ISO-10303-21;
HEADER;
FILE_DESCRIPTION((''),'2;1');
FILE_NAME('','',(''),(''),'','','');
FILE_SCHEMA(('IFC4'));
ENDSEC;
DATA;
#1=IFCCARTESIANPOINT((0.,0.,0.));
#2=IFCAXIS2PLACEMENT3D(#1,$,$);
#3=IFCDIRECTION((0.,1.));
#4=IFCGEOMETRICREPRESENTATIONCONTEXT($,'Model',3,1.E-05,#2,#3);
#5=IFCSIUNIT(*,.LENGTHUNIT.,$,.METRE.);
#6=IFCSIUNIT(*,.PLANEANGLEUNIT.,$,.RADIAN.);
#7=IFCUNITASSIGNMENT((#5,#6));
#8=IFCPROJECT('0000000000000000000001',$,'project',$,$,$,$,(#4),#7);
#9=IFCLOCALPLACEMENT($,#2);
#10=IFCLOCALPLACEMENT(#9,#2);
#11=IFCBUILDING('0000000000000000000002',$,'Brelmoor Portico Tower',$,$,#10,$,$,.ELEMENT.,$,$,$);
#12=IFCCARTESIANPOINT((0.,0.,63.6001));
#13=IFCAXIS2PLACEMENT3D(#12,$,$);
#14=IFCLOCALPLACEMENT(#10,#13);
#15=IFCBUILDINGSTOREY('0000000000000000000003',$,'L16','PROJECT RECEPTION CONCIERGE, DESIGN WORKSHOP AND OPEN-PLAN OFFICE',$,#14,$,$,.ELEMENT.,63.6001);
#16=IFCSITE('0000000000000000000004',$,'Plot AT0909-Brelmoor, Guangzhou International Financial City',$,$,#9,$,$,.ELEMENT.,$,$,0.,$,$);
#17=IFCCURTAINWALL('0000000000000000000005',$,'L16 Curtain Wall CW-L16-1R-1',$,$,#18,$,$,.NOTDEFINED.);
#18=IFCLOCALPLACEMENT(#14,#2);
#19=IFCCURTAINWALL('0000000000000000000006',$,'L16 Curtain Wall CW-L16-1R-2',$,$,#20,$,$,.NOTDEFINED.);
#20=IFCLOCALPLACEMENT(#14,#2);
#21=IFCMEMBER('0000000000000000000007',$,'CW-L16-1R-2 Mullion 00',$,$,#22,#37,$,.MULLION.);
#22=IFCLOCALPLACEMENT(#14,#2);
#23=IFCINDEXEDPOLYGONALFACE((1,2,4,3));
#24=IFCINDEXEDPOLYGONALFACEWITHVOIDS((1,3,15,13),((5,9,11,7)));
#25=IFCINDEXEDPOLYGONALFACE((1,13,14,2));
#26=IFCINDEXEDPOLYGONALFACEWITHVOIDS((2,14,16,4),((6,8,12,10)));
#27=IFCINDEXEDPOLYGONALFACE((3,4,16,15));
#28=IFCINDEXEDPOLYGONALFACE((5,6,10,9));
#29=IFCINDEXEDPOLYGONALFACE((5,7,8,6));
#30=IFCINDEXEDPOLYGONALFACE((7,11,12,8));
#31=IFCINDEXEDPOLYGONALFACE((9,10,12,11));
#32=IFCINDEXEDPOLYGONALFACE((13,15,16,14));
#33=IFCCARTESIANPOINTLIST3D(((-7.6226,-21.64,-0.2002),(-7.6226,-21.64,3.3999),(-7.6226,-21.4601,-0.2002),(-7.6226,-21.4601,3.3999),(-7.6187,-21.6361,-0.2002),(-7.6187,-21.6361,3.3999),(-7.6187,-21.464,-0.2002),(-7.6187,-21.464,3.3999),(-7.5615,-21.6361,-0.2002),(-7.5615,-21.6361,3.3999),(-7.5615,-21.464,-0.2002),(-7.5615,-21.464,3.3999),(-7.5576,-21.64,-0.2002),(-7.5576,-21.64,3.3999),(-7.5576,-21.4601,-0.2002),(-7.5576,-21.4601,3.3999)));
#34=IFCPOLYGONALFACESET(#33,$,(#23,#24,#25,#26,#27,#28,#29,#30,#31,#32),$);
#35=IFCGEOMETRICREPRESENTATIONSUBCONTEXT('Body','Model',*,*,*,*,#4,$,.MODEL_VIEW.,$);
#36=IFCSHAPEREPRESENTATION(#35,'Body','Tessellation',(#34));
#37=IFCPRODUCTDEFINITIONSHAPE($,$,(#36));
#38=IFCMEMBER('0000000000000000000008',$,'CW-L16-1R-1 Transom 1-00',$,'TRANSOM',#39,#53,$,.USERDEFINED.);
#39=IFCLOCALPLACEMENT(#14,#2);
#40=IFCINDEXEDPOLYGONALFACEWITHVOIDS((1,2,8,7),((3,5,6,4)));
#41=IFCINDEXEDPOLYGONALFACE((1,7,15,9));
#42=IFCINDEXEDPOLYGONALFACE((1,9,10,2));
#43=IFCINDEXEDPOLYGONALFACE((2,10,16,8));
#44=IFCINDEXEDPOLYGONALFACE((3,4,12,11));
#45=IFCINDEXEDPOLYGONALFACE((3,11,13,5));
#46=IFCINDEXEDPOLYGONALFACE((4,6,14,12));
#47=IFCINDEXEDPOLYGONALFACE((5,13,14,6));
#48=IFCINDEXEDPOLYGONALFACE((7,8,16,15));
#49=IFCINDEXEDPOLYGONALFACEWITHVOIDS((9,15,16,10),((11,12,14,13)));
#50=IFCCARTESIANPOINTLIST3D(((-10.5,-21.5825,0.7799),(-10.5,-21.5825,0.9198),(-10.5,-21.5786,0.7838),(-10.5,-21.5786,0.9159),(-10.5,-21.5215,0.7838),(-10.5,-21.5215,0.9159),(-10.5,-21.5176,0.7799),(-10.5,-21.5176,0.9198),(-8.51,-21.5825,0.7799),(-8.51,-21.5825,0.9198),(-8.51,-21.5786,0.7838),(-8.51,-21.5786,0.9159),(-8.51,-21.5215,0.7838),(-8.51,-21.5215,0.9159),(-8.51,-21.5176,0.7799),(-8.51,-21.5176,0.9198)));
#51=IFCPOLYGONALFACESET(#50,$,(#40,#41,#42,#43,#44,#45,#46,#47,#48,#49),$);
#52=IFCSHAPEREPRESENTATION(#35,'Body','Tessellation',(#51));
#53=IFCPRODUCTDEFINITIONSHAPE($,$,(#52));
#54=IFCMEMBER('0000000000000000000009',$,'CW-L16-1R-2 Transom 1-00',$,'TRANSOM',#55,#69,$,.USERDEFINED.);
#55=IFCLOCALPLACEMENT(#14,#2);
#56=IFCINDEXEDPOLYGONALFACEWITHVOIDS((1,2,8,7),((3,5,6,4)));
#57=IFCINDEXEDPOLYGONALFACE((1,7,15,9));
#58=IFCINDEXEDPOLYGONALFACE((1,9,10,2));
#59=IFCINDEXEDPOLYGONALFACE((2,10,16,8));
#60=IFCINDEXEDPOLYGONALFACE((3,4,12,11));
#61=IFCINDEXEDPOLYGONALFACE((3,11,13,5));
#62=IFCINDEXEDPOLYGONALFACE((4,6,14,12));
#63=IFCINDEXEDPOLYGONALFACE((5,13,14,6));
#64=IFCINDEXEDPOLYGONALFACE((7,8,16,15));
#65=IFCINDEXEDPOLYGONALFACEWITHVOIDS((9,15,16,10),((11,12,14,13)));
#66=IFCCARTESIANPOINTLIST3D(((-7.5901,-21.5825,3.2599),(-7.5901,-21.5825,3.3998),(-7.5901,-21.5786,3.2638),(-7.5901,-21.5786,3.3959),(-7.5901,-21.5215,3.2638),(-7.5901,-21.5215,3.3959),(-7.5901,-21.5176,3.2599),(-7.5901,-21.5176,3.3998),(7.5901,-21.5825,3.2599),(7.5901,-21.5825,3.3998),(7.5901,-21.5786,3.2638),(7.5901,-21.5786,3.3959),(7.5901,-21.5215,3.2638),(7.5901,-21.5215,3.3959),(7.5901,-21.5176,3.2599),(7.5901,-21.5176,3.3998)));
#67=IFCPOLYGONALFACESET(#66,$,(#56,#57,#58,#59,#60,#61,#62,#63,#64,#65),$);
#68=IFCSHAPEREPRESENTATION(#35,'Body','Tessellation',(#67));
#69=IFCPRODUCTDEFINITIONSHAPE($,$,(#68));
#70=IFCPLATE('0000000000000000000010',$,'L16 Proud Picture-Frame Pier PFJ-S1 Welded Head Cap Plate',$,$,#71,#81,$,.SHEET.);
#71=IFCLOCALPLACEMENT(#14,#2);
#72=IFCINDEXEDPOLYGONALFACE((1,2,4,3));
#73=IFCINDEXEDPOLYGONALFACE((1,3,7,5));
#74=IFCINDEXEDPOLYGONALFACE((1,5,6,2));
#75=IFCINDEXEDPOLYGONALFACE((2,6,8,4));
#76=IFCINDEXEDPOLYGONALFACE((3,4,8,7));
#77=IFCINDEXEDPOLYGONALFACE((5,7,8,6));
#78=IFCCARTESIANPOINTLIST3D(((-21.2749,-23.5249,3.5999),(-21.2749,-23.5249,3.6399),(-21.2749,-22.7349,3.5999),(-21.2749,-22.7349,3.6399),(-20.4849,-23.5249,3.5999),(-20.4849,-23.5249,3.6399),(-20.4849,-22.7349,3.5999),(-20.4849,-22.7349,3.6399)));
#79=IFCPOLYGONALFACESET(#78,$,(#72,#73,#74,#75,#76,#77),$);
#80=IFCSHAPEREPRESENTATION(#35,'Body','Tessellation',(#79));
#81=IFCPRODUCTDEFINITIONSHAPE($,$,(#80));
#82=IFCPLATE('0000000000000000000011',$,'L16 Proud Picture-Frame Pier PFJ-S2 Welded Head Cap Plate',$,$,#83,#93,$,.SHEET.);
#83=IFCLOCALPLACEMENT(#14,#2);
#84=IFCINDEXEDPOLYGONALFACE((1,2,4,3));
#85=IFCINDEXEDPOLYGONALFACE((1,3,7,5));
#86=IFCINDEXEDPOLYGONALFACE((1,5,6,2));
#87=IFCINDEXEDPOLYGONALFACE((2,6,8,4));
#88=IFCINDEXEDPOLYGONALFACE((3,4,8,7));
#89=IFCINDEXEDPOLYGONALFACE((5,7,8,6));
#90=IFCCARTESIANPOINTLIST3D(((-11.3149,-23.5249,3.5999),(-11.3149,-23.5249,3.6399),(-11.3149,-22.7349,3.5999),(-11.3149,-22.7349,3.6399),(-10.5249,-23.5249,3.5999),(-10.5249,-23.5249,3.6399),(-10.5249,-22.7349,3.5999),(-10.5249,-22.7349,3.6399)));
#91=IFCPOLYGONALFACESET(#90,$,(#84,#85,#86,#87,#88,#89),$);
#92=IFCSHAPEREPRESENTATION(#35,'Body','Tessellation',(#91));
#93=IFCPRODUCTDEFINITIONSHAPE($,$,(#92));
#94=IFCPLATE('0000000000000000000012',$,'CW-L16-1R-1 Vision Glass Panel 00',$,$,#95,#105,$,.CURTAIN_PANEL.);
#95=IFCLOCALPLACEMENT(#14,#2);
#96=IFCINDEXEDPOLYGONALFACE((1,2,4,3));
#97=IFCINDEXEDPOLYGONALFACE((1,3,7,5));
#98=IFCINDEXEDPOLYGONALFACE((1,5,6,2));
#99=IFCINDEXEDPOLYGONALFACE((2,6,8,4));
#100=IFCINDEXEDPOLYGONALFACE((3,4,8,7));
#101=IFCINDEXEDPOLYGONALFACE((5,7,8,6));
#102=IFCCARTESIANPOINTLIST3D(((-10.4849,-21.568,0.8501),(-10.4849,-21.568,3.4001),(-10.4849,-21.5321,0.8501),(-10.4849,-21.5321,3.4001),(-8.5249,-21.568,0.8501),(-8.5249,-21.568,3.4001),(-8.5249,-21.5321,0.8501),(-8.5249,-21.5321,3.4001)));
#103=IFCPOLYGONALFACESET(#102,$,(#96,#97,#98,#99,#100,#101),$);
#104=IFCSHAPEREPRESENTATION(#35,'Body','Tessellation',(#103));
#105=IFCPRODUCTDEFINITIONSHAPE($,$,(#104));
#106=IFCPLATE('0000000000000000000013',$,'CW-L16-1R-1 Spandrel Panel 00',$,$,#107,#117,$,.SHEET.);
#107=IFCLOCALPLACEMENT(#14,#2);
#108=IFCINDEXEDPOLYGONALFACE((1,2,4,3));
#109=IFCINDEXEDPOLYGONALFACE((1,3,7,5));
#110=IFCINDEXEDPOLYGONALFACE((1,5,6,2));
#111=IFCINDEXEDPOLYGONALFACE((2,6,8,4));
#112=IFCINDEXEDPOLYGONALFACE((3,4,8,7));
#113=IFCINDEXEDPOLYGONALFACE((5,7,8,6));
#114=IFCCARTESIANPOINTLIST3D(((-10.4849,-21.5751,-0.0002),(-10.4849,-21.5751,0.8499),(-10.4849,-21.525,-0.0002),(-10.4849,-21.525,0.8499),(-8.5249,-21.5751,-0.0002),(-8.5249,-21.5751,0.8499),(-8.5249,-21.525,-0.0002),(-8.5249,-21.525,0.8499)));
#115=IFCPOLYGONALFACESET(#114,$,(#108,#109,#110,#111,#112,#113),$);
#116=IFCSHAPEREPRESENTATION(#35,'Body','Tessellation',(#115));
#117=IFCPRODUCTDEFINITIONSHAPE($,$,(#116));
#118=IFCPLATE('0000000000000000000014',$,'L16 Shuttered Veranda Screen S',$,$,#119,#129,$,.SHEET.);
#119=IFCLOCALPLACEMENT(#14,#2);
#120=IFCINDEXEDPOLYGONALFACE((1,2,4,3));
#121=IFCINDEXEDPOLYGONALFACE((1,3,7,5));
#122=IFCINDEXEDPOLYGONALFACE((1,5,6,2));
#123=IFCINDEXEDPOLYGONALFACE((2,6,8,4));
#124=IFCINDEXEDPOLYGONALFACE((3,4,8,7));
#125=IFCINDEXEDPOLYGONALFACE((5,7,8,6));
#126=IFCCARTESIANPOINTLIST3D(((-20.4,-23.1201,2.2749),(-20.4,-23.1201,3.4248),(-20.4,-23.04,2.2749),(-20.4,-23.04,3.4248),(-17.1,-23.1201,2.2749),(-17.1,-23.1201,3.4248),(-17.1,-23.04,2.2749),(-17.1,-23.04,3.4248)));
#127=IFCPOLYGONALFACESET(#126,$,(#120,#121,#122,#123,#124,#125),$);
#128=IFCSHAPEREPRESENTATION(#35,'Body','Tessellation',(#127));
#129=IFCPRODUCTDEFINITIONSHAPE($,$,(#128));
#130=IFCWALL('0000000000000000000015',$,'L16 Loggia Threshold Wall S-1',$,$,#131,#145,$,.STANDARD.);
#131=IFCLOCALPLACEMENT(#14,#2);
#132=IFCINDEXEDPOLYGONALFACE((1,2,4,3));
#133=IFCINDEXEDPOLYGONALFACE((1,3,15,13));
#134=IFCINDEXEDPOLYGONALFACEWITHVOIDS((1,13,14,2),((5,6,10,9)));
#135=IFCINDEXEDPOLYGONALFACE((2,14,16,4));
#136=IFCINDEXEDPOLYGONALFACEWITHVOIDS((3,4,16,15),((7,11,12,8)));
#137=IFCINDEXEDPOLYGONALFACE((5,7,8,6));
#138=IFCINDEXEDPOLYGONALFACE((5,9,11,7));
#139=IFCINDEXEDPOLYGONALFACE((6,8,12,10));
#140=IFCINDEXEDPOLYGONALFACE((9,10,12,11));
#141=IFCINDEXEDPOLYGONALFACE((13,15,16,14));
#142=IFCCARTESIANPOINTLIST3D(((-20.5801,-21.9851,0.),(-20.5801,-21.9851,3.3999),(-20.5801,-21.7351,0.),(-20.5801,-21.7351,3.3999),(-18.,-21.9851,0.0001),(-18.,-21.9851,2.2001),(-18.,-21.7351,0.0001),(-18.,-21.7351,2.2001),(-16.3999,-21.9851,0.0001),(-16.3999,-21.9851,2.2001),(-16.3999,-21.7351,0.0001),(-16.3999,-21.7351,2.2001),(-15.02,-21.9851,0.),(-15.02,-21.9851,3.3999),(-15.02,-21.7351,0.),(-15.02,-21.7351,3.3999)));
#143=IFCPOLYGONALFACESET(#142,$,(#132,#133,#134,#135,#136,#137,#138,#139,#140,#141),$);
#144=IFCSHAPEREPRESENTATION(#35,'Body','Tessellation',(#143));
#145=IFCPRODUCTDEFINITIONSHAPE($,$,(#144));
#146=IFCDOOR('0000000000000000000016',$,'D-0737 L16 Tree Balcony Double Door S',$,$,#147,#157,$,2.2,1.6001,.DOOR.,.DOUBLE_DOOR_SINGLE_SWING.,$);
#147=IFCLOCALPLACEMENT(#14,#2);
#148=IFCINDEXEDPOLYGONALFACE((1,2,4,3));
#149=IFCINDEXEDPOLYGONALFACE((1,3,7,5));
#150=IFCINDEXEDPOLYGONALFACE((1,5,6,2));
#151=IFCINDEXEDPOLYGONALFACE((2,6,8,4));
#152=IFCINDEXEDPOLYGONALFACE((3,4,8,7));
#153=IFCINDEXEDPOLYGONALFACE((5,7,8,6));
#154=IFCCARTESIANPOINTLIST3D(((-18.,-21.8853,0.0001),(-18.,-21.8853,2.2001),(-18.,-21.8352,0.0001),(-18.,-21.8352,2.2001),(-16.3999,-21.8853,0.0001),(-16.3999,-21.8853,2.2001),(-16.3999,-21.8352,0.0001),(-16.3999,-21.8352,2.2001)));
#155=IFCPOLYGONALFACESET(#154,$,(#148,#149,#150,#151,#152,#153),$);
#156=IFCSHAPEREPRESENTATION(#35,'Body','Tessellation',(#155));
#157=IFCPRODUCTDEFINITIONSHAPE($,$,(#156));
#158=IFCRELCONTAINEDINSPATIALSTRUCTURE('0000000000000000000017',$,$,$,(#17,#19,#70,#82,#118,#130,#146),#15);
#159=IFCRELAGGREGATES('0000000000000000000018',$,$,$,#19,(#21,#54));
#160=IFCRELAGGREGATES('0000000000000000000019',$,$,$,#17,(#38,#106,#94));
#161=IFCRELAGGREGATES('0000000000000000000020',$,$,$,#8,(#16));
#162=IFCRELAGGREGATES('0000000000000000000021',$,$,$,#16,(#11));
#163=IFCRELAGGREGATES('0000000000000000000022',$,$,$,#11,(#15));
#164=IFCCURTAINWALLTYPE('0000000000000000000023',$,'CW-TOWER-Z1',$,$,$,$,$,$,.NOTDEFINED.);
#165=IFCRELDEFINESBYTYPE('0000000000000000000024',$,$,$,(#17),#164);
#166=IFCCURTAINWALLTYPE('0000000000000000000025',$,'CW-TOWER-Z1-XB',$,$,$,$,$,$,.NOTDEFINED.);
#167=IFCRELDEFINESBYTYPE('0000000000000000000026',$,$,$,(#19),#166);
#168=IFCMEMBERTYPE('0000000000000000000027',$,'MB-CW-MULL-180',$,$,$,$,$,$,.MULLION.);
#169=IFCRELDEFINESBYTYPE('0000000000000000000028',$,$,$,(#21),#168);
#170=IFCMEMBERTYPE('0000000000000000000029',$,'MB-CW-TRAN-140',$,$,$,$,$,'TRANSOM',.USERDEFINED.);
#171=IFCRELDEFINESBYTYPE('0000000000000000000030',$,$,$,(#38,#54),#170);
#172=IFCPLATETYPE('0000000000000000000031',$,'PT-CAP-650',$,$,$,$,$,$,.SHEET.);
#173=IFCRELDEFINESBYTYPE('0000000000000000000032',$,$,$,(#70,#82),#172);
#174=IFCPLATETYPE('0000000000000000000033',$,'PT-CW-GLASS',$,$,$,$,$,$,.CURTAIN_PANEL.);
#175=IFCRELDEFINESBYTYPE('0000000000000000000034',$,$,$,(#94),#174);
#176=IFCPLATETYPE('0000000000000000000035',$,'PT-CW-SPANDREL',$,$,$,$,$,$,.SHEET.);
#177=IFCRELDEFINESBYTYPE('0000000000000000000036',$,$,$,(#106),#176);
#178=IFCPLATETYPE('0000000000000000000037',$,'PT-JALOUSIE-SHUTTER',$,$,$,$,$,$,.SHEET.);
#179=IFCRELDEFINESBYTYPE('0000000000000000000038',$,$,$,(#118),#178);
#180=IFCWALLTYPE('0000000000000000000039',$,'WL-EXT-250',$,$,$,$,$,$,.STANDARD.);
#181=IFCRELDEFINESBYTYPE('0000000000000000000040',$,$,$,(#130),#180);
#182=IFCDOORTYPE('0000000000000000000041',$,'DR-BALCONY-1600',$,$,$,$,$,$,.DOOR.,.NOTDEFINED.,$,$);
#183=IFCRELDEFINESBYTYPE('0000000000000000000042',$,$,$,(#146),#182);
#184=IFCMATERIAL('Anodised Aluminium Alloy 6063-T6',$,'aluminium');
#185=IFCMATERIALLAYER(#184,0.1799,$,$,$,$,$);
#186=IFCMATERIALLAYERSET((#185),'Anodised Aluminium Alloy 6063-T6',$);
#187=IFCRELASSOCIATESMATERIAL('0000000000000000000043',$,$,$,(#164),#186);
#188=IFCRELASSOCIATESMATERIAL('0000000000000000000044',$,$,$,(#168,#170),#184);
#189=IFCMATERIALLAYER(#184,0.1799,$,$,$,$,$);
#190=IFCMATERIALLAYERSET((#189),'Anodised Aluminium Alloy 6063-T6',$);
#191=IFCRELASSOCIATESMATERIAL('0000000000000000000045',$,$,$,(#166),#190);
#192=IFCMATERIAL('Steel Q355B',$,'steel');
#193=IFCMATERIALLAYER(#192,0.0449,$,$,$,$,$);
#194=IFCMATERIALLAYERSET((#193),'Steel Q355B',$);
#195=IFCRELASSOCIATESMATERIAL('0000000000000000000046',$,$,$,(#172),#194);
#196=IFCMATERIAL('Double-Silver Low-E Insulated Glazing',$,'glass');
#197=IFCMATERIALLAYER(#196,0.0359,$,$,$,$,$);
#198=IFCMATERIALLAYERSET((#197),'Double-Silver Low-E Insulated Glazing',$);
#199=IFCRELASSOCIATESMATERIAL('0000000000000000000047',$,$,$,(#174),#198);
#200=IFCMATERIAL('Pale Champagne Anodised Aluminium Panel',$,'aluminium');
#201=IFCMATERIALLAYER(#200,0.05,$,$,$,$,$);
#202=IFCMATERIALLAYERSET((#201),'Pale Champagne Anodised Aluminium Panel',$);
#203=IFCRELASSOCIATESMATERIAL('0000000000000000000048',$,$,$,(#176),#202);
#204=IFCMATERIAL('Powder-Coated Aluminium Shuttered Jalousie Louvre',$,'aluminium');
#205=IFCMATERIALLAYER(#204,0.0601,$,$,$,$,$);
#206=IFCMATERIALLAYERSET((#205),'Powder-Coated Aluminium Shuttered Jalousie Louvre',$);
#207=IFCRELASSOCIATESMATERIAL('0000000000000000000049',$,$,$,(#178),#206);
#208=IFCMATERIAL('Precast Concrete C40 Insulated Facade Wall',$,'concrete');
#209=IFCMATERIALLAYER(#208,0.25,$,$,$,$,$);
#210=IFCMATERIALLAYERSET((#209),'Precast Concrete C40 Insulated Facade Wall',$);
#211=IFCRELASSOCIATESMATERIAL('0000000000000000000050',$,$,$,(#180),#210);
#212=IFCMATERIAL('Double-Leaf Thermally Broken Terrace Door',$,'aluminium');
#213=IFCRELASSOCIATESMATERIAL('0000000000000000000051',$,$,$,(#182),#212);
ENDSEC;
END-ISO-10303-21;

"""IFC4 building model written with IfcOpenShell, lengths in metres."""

from ifc_helpers import new_model, si_unit, direction, frame, frame_2d, origin, origin_2d, place, context, subcontext, project, spatial, rectangle, hollow_rectangle, extrude, material, layer, layer_set, material_profile, profile_set, type_object, element, fill, aggregate, save


model = new_model("IFC4")

# Units and contexts
model_context = context("Model", 3, precision=1e-05, world=origin(), true_north=direction((0.0, 1.0)))
body_context = subcontext(model_context, "Body", "Model", "MODEL_VIEW")
ifc_project = project(units=[si_unit("LENGTHUNIT", "METRE"), si_unit("PLANEANGLEUNIT", "RADIAN")], contexts=[model_context])

# Site, building, storey
site_placement = place(None, origin())
site = spatial("IfcSite", under=ifc_project, at=site_placement, Name="Plot AT0909-Brelmoor, Guangzhou International Financial City", CompositionType="ELEMENT", RefElevation=0.0)
building_placement = place(site_placement, origin())
building = spatial("IfcBuilding", under=site, at=building_placement, Name="Brelmoor Portico Tower", CompositionType="ELEMENT")
storey_placement = place(building_placement, frame((0.0, 0.0, 63.6001)))
storey = spatial("IfcBuildingStorey", under=building, at=storey_placement, Name="L16", Description="PROJECT RECEPTION CONCIERGE, DESIGN WORKSHOP AND OPEN-PLAN OFFICE", CompositionType="ELEMENT", Elevation=63.6001)

# Shared definitions
ifc_material_1 = material(Name="Steel Q355B", Category="steel")

# Curtain wall
ifc_material_2 = material(Name="Anodised Aluminium Alloy 6063-T6", Category="aluminium")
ifc_layer_1 = layer(ifc_material_2, 0.1799)
ifc_layer_set_1 = layer_set([ifc_layer_1], Name="Anodised Aluminium Alloy 6063-T6")
curtain_wall_type_1 = type_object("IfcCurtainWallType", Name="CW-TOWER-Z1", PredefinedType="NOTDEFINED", material=ifc_layer_set_1)
curtain_wall_1_placement = place(storey_placement, origin())
curtain_wall_1 = element("IfcCurtainWall", 1, at=curtain_wall_1_placement, inside=storey, type_object=curtain_wall_type_1, Name="L16 Curtain Wall CW-L16-1R-1", PredefinedType="NOTDEFINED")
ifc_material_profile_1 = material_profile(ifc_material_2, hollow_rectangle(XDim=0.0649, YDim=0.1799, WallThickness=0.0039, at=origin_2d()), Name="ALU MULLION 65x180")
ifc_profile_set_1 = profile_set([ifc_material_profile_1], Name="Anodised Aluminium Alloy 6063-T6")
member_type_1 = type_object("IfcMemberType", Name="MB-CW-MULL-180", PredefinedType="MULLION", material=ifc_profile_set_1)

# Curtain wall, member
ifc_layer_2 = layer(ifc_material_2, 0.1799)
ifc_layer_set_2 = layer_set([ifc_layer_2], Name="Anodised Aluminium Alloy 6063-T6")
curtain_wall_type_2 = type_object("IfcCurtainWallType", Name="CW-TOWER-Z1-XB", PredefinedType="NOTDEFINED", material=ifc_layer_set_2)
curtain_wall_2_placement = place(storey_placement, origin())
curtain_wall_2 = element("IfcCurtainWall", 2, at=curtain_wall_2_placement, inside=storey, type_object=curtain_wall_type_2, Name="L16 Curtain Wall CW-L16-1R-2", PredefinedType="NOTDEFINED")
member_1_placement = place(storey_placement, frame((-7.5901, -21.55, -0.2002), z_axis=(0.0, 0.0, 1.0), x_axis=(1.0, 0.0, 0.0)))
member_1 = element("IfcMember", 3, at=member_1_placement, type_object=member_type_1, Name="CW-L16-1R-2 Mullion 00", PredefinedType="MULLION", context=body_context, shape_type="SweptSolid", body=[
    extrude(hollow_rectangle(XDim=0.0649, YDim=0.1799, WallThickness=0.0039, at=origin_2d()), origin(), (0.0, 0.0, 1.0), 3.6001),
])

# Members
ifc_material_profile_2 = material_profile(ifc_material_2, hollow_rectangle(XDim=0.0649, YDim=0.1399, WallThickness=0.0039, at=origin_2d()), Name="ALU TRANSOM 65x140")
ifc_profile_set_2 = profile_set([ifc_material_profile_2], Name="Anodised Aluminium Alloy 6063-T6")
member_type_2 = type_object("IfcMemberType", Name="MB-CW-TRAN-140", ElementType="TRANSOM", PredefinedType="USERDEFINED", material=ifc_profile_set_2)
member_2_placement = place(storey_placement, frame((-10.5, -21.55, 0.8499), z_axis=(1.0, 0.0, 0.0), x_axis=(0.0, 1.0, 0.0)))
member_2 = element("IfcMember", 4, at=member_2_placement, type_object=member_type_2, Name="CW-L16-1R-1 Transom 1-00", ObjectType="TRANSOM", PredefinedType="USERDEFINED", context=body_context, shape_type="SweptSolid", body=[
    extrude(hollow_rectangle(XDim=0.0649, YDim=0.1399, WallThickness=0.0039, at=origin_2d()), origin(), (0.0, 0.0, 1.0), 1.99),
])
member_3_placement = place(storey_placement, frame((-7.5901, -21.55, 3.3298), z_axis=(1.0, 0.0, 0.0), x_axis=(0.0, 1.0, 0.0)))
member_3 = element("IfcMember", 5, at=member_3_placement, type_object=member_type_2, Name="CW-L16-1R-2 Transom 1-00", ObjectType="TRANSOM", PredefinedType="USERDEFINED", context=body_context, shape_type="SweptSolid", body=[
    extrude(hollow_rectangle(XDim=0.0649, YDim=0.1399, WallThickness=0.0039, at=origin_2d()), origin(), (0.0, 0.0, 1.0), 15.1802),
])
aggregate(curtain_wall_2, [member_1, member_3])

# Plates
ifc_layer_3 = layer(ifc_material_1, 0.0449)
ifc_layer_set_3 = layer_set([ifc_layer_3], Name="Steel Q355B")
plate_type_1 = type_object("IfcPlateType", Name="PT-CAP-650", PredefinedType="SHEET", material=ifc_layer_set_3)
for number, where, z_axis, x_axis, name in (
    (6, (-20.8799, -23.1299, 3.5999), (0.0, 0.0, 1.0), (1.0, 0.0, 0.0), "L16 Proud Picture-Frame Pier PFJ-S1 Welded Head Cap Plate"),
    (7, (-10.9199, -23.1299, 3.5999), (0.0, 0.0, 1.0), (1.0, 0.0, 0.0), "L16 Proud Picture-Frame Pier PFJ-S2 Welded Head Cap Plate"),
):
    element("IfcPlate", number, at=place(storey_placement, frame(where, z_axis=z_axis, x_axis=x_axis)), inside=storey, type_object=plate_type_1, Name=name, PredefinedType="SHEET", context=body_context, shape_type="SweptSolid", body=[
        extrude(rectangle(XDim=0.79, YDim=0.79, at=origin_2d()), origin(), (0.0, 0.0, 1.0), 0.04),
    ])

# Plates
ifc_material_3 = material(Name="Double-Silver Low-E Insulated Glazing", Category="glass")
ifc_layer_4 = layer(ifc_material_3, 0.0359)
ifc_layer_set_4 = layer_set([ifc_layer_4], Name="Double-Silver Low-E Insulated Glazing")
plate_type_2 = type_object("IfcPlateType", Name="PT-CW-GLASS", PredefinedType="CURTAIN_PANEL", material=ifc_layer_set_4)
plate_1_placement = place(storey_placement, frame((-9.5049, -21.55, 0.8501), z_axis=(0.0, 0.0, 1.0), x_axis=(1.0, 0.0, 0.0)))
plate_1 = element("IfcPlate", 8, at=plate_1_placement, type_object=plate_type_2, Name="CW-L16-1R-1 Vision Glass Panel 00", PredefinedType="CURTAIN_PANEL", context=body_context, shape_type="SweptSolid", body=[
    extrude(rectangle(XDim=1.96, YDim=0.0359, at=origin_2d()), origin(), (0.0, 0.0, 1.0), 2.55),
])
ifc_material_4 = material(Name="Pale Champagne Anodised Aluminium Panel", Category="aluminium")
ifc_layer_5 = layer(ifc_material_4, 0.05)
ifc_layer_set_5 = layer_set([ifc_layer_5], Name="Pale Champagne Anodised Aluminium Panel")
plate_type_3 = type_object("IfcPlateType", Name="PT-CW-SPANDREL", PredefinedType="SHEET", material=ifc_layer_set_5)
plate_2_placement = place(storey_placement, frame((-9.5049, -21.55, -0.0002), z_axis=(0.0, 0.0, 1.0), x_axis=(1.0, 0.0, 0.0)))
plate_2 = element("IfcPlate", 9, at=plate_2_placement, type_object=plate_type_3, Name="CW-L16-1R-1 Spandrel Panel 00", PredefinedType="SHEET", context=body_context, shape_type="SweptSolid", body=[
    extrude(rectangle(XDim=1.96, YDim=0.05, at=origin_2d()), origin(), (0.0, 0.0, 1.0), 0.8501),
])
aggregate(curtain_wall_1, [member_2, plate_2, plate_1])
ifc_material_5 = material(Name="Powder-Coated Aluminium Shuttered Jalousie Louvre", Category="aluminium")
ifc_layer_6 = layer(ifc_material_5, 0.0601)
ifc_layer_set_6 = layer_set([ifc_layer_6], Name="Powder-Coated Aluminium Shuttered Jalousie Louvre")
plate_type_4 = type_object("IfcPlateType", Name="PT-JALOUSIE-SHUTTER", PredefinedType="SHEET", material=ifc_layer_set_6)
plate_3_placement = place(storey_placement, frame((-18.75, -23.0801, 2.2749), z_axis=(0.0, 0.0, 1.0), x_axis=(1.0, 0.0, 0.0)))
element("IfcPlate", 10, at=plate_3_placement, inside=storey, type_object=plate_type_4, Name="L16 Shuttered Veranda Screen S", PredefinedType="SHEET", context=body_context, shape_type="SweptSolid", body=[
    extrude(rectangle(XDim=3.3, YDim=0.0801, at=origin_2d()), origin(), (0.0, 0.0, 1.0), 1.1499),
])

# Wall, opening, door
ifc_material_6 = material(Name="Precast Concrete C40 Insulated Facade Wall", Category="concrete")
ifc_layer_7 = layer(ifc_material_6, 0.25)
ifc_layer_set_7 = layer_set([ifc_layer_7], Name="Precast Concrete C40 Insulated Facade Wall")
wall_type_1 = type_object("IfcWallType", Name="WL-EXT-250", PredefinedType="STANDARD", material=ifc_layer_set_7)
wall_1_placement = place(storey_placement, frame((-20.5801, -21.8601, 0.0), z_axis=(0.0, 0.0, 1.0), x_axis=(1.0, 0.0, 0.0)))
wall_1 = element("IfcWall", 11, at=wall_1_placement, inside=storey, type_object=wall_type_1, Name="L16 Loggia Threshold Wall S-1", PredefinedType="STANDARD", context=body_context, shape_type="SweptSolid", body=[
    extrude(rectangle(XDim=5.5601, YDim=0.25, at=frame_2d((2.78, 0.0))), origin(), (0.0, 0.0, 1.0), 3.3999),
])
opening_1_placement = place(wall_1_placement, frame((2.5801, 0.0, 0.0)))
opening_1 = element("IfcOpeningElement", 12, at=opening_1_placement, cuts=wall_1, PredefinedType="OPENING", context=body_context, shape_type="SweptSolid", body=[
    extrude(rectangle(XDim=1.6001, YDim=2.2, at=frame_2d((0.8, 1.1001))), frame((0.0, 0.135, 0.0), z_axis=(0.0, -1.0, 0.0), x_axis=(1.0, 0.0, 0.0)), (0.0, 0.0, 1.0), 0.27),
])
ifc_material_7 = material(Name="Double-Leaf Thermally Broken Terrace Door", Category="aluminium")
door_type_1 = type_object("IfcDoorType", Name="DR-BALCONY-1600", OperationType="NOTDEFINED", PredefinedType="DOOR", material=ifc_material_7)
door_1_placement = place(opening_1_placement, origin())
door_1 = element("IfcDoor", 13, at=door_1_placement, inside=storey, type_object=door_type_1, Name="D-0737 L16 Tree Balcony Double Door S", OperationType="DOUBLE_DOOR_SINGLE_SWING", OverallHeight=2.2, OverallWidth=1.6001, PredefinedType="DOOR", context=body_context, shape_type="SweptSolid", body=[
    extrude(rectangle(XDim=1.6001, YDim=2.2, at=frame_2d((0.8, 1.1001))), frame((0.0, 0.0249, 0.0), z_axis=(0.0, -1.0, 0.0), x_axis=(1.0, 0.0, 0.0)), (0.0, 0.0, 1.0), 0.05),
])
fill(opening_1, door_1)

save(model, "model.ifc")
